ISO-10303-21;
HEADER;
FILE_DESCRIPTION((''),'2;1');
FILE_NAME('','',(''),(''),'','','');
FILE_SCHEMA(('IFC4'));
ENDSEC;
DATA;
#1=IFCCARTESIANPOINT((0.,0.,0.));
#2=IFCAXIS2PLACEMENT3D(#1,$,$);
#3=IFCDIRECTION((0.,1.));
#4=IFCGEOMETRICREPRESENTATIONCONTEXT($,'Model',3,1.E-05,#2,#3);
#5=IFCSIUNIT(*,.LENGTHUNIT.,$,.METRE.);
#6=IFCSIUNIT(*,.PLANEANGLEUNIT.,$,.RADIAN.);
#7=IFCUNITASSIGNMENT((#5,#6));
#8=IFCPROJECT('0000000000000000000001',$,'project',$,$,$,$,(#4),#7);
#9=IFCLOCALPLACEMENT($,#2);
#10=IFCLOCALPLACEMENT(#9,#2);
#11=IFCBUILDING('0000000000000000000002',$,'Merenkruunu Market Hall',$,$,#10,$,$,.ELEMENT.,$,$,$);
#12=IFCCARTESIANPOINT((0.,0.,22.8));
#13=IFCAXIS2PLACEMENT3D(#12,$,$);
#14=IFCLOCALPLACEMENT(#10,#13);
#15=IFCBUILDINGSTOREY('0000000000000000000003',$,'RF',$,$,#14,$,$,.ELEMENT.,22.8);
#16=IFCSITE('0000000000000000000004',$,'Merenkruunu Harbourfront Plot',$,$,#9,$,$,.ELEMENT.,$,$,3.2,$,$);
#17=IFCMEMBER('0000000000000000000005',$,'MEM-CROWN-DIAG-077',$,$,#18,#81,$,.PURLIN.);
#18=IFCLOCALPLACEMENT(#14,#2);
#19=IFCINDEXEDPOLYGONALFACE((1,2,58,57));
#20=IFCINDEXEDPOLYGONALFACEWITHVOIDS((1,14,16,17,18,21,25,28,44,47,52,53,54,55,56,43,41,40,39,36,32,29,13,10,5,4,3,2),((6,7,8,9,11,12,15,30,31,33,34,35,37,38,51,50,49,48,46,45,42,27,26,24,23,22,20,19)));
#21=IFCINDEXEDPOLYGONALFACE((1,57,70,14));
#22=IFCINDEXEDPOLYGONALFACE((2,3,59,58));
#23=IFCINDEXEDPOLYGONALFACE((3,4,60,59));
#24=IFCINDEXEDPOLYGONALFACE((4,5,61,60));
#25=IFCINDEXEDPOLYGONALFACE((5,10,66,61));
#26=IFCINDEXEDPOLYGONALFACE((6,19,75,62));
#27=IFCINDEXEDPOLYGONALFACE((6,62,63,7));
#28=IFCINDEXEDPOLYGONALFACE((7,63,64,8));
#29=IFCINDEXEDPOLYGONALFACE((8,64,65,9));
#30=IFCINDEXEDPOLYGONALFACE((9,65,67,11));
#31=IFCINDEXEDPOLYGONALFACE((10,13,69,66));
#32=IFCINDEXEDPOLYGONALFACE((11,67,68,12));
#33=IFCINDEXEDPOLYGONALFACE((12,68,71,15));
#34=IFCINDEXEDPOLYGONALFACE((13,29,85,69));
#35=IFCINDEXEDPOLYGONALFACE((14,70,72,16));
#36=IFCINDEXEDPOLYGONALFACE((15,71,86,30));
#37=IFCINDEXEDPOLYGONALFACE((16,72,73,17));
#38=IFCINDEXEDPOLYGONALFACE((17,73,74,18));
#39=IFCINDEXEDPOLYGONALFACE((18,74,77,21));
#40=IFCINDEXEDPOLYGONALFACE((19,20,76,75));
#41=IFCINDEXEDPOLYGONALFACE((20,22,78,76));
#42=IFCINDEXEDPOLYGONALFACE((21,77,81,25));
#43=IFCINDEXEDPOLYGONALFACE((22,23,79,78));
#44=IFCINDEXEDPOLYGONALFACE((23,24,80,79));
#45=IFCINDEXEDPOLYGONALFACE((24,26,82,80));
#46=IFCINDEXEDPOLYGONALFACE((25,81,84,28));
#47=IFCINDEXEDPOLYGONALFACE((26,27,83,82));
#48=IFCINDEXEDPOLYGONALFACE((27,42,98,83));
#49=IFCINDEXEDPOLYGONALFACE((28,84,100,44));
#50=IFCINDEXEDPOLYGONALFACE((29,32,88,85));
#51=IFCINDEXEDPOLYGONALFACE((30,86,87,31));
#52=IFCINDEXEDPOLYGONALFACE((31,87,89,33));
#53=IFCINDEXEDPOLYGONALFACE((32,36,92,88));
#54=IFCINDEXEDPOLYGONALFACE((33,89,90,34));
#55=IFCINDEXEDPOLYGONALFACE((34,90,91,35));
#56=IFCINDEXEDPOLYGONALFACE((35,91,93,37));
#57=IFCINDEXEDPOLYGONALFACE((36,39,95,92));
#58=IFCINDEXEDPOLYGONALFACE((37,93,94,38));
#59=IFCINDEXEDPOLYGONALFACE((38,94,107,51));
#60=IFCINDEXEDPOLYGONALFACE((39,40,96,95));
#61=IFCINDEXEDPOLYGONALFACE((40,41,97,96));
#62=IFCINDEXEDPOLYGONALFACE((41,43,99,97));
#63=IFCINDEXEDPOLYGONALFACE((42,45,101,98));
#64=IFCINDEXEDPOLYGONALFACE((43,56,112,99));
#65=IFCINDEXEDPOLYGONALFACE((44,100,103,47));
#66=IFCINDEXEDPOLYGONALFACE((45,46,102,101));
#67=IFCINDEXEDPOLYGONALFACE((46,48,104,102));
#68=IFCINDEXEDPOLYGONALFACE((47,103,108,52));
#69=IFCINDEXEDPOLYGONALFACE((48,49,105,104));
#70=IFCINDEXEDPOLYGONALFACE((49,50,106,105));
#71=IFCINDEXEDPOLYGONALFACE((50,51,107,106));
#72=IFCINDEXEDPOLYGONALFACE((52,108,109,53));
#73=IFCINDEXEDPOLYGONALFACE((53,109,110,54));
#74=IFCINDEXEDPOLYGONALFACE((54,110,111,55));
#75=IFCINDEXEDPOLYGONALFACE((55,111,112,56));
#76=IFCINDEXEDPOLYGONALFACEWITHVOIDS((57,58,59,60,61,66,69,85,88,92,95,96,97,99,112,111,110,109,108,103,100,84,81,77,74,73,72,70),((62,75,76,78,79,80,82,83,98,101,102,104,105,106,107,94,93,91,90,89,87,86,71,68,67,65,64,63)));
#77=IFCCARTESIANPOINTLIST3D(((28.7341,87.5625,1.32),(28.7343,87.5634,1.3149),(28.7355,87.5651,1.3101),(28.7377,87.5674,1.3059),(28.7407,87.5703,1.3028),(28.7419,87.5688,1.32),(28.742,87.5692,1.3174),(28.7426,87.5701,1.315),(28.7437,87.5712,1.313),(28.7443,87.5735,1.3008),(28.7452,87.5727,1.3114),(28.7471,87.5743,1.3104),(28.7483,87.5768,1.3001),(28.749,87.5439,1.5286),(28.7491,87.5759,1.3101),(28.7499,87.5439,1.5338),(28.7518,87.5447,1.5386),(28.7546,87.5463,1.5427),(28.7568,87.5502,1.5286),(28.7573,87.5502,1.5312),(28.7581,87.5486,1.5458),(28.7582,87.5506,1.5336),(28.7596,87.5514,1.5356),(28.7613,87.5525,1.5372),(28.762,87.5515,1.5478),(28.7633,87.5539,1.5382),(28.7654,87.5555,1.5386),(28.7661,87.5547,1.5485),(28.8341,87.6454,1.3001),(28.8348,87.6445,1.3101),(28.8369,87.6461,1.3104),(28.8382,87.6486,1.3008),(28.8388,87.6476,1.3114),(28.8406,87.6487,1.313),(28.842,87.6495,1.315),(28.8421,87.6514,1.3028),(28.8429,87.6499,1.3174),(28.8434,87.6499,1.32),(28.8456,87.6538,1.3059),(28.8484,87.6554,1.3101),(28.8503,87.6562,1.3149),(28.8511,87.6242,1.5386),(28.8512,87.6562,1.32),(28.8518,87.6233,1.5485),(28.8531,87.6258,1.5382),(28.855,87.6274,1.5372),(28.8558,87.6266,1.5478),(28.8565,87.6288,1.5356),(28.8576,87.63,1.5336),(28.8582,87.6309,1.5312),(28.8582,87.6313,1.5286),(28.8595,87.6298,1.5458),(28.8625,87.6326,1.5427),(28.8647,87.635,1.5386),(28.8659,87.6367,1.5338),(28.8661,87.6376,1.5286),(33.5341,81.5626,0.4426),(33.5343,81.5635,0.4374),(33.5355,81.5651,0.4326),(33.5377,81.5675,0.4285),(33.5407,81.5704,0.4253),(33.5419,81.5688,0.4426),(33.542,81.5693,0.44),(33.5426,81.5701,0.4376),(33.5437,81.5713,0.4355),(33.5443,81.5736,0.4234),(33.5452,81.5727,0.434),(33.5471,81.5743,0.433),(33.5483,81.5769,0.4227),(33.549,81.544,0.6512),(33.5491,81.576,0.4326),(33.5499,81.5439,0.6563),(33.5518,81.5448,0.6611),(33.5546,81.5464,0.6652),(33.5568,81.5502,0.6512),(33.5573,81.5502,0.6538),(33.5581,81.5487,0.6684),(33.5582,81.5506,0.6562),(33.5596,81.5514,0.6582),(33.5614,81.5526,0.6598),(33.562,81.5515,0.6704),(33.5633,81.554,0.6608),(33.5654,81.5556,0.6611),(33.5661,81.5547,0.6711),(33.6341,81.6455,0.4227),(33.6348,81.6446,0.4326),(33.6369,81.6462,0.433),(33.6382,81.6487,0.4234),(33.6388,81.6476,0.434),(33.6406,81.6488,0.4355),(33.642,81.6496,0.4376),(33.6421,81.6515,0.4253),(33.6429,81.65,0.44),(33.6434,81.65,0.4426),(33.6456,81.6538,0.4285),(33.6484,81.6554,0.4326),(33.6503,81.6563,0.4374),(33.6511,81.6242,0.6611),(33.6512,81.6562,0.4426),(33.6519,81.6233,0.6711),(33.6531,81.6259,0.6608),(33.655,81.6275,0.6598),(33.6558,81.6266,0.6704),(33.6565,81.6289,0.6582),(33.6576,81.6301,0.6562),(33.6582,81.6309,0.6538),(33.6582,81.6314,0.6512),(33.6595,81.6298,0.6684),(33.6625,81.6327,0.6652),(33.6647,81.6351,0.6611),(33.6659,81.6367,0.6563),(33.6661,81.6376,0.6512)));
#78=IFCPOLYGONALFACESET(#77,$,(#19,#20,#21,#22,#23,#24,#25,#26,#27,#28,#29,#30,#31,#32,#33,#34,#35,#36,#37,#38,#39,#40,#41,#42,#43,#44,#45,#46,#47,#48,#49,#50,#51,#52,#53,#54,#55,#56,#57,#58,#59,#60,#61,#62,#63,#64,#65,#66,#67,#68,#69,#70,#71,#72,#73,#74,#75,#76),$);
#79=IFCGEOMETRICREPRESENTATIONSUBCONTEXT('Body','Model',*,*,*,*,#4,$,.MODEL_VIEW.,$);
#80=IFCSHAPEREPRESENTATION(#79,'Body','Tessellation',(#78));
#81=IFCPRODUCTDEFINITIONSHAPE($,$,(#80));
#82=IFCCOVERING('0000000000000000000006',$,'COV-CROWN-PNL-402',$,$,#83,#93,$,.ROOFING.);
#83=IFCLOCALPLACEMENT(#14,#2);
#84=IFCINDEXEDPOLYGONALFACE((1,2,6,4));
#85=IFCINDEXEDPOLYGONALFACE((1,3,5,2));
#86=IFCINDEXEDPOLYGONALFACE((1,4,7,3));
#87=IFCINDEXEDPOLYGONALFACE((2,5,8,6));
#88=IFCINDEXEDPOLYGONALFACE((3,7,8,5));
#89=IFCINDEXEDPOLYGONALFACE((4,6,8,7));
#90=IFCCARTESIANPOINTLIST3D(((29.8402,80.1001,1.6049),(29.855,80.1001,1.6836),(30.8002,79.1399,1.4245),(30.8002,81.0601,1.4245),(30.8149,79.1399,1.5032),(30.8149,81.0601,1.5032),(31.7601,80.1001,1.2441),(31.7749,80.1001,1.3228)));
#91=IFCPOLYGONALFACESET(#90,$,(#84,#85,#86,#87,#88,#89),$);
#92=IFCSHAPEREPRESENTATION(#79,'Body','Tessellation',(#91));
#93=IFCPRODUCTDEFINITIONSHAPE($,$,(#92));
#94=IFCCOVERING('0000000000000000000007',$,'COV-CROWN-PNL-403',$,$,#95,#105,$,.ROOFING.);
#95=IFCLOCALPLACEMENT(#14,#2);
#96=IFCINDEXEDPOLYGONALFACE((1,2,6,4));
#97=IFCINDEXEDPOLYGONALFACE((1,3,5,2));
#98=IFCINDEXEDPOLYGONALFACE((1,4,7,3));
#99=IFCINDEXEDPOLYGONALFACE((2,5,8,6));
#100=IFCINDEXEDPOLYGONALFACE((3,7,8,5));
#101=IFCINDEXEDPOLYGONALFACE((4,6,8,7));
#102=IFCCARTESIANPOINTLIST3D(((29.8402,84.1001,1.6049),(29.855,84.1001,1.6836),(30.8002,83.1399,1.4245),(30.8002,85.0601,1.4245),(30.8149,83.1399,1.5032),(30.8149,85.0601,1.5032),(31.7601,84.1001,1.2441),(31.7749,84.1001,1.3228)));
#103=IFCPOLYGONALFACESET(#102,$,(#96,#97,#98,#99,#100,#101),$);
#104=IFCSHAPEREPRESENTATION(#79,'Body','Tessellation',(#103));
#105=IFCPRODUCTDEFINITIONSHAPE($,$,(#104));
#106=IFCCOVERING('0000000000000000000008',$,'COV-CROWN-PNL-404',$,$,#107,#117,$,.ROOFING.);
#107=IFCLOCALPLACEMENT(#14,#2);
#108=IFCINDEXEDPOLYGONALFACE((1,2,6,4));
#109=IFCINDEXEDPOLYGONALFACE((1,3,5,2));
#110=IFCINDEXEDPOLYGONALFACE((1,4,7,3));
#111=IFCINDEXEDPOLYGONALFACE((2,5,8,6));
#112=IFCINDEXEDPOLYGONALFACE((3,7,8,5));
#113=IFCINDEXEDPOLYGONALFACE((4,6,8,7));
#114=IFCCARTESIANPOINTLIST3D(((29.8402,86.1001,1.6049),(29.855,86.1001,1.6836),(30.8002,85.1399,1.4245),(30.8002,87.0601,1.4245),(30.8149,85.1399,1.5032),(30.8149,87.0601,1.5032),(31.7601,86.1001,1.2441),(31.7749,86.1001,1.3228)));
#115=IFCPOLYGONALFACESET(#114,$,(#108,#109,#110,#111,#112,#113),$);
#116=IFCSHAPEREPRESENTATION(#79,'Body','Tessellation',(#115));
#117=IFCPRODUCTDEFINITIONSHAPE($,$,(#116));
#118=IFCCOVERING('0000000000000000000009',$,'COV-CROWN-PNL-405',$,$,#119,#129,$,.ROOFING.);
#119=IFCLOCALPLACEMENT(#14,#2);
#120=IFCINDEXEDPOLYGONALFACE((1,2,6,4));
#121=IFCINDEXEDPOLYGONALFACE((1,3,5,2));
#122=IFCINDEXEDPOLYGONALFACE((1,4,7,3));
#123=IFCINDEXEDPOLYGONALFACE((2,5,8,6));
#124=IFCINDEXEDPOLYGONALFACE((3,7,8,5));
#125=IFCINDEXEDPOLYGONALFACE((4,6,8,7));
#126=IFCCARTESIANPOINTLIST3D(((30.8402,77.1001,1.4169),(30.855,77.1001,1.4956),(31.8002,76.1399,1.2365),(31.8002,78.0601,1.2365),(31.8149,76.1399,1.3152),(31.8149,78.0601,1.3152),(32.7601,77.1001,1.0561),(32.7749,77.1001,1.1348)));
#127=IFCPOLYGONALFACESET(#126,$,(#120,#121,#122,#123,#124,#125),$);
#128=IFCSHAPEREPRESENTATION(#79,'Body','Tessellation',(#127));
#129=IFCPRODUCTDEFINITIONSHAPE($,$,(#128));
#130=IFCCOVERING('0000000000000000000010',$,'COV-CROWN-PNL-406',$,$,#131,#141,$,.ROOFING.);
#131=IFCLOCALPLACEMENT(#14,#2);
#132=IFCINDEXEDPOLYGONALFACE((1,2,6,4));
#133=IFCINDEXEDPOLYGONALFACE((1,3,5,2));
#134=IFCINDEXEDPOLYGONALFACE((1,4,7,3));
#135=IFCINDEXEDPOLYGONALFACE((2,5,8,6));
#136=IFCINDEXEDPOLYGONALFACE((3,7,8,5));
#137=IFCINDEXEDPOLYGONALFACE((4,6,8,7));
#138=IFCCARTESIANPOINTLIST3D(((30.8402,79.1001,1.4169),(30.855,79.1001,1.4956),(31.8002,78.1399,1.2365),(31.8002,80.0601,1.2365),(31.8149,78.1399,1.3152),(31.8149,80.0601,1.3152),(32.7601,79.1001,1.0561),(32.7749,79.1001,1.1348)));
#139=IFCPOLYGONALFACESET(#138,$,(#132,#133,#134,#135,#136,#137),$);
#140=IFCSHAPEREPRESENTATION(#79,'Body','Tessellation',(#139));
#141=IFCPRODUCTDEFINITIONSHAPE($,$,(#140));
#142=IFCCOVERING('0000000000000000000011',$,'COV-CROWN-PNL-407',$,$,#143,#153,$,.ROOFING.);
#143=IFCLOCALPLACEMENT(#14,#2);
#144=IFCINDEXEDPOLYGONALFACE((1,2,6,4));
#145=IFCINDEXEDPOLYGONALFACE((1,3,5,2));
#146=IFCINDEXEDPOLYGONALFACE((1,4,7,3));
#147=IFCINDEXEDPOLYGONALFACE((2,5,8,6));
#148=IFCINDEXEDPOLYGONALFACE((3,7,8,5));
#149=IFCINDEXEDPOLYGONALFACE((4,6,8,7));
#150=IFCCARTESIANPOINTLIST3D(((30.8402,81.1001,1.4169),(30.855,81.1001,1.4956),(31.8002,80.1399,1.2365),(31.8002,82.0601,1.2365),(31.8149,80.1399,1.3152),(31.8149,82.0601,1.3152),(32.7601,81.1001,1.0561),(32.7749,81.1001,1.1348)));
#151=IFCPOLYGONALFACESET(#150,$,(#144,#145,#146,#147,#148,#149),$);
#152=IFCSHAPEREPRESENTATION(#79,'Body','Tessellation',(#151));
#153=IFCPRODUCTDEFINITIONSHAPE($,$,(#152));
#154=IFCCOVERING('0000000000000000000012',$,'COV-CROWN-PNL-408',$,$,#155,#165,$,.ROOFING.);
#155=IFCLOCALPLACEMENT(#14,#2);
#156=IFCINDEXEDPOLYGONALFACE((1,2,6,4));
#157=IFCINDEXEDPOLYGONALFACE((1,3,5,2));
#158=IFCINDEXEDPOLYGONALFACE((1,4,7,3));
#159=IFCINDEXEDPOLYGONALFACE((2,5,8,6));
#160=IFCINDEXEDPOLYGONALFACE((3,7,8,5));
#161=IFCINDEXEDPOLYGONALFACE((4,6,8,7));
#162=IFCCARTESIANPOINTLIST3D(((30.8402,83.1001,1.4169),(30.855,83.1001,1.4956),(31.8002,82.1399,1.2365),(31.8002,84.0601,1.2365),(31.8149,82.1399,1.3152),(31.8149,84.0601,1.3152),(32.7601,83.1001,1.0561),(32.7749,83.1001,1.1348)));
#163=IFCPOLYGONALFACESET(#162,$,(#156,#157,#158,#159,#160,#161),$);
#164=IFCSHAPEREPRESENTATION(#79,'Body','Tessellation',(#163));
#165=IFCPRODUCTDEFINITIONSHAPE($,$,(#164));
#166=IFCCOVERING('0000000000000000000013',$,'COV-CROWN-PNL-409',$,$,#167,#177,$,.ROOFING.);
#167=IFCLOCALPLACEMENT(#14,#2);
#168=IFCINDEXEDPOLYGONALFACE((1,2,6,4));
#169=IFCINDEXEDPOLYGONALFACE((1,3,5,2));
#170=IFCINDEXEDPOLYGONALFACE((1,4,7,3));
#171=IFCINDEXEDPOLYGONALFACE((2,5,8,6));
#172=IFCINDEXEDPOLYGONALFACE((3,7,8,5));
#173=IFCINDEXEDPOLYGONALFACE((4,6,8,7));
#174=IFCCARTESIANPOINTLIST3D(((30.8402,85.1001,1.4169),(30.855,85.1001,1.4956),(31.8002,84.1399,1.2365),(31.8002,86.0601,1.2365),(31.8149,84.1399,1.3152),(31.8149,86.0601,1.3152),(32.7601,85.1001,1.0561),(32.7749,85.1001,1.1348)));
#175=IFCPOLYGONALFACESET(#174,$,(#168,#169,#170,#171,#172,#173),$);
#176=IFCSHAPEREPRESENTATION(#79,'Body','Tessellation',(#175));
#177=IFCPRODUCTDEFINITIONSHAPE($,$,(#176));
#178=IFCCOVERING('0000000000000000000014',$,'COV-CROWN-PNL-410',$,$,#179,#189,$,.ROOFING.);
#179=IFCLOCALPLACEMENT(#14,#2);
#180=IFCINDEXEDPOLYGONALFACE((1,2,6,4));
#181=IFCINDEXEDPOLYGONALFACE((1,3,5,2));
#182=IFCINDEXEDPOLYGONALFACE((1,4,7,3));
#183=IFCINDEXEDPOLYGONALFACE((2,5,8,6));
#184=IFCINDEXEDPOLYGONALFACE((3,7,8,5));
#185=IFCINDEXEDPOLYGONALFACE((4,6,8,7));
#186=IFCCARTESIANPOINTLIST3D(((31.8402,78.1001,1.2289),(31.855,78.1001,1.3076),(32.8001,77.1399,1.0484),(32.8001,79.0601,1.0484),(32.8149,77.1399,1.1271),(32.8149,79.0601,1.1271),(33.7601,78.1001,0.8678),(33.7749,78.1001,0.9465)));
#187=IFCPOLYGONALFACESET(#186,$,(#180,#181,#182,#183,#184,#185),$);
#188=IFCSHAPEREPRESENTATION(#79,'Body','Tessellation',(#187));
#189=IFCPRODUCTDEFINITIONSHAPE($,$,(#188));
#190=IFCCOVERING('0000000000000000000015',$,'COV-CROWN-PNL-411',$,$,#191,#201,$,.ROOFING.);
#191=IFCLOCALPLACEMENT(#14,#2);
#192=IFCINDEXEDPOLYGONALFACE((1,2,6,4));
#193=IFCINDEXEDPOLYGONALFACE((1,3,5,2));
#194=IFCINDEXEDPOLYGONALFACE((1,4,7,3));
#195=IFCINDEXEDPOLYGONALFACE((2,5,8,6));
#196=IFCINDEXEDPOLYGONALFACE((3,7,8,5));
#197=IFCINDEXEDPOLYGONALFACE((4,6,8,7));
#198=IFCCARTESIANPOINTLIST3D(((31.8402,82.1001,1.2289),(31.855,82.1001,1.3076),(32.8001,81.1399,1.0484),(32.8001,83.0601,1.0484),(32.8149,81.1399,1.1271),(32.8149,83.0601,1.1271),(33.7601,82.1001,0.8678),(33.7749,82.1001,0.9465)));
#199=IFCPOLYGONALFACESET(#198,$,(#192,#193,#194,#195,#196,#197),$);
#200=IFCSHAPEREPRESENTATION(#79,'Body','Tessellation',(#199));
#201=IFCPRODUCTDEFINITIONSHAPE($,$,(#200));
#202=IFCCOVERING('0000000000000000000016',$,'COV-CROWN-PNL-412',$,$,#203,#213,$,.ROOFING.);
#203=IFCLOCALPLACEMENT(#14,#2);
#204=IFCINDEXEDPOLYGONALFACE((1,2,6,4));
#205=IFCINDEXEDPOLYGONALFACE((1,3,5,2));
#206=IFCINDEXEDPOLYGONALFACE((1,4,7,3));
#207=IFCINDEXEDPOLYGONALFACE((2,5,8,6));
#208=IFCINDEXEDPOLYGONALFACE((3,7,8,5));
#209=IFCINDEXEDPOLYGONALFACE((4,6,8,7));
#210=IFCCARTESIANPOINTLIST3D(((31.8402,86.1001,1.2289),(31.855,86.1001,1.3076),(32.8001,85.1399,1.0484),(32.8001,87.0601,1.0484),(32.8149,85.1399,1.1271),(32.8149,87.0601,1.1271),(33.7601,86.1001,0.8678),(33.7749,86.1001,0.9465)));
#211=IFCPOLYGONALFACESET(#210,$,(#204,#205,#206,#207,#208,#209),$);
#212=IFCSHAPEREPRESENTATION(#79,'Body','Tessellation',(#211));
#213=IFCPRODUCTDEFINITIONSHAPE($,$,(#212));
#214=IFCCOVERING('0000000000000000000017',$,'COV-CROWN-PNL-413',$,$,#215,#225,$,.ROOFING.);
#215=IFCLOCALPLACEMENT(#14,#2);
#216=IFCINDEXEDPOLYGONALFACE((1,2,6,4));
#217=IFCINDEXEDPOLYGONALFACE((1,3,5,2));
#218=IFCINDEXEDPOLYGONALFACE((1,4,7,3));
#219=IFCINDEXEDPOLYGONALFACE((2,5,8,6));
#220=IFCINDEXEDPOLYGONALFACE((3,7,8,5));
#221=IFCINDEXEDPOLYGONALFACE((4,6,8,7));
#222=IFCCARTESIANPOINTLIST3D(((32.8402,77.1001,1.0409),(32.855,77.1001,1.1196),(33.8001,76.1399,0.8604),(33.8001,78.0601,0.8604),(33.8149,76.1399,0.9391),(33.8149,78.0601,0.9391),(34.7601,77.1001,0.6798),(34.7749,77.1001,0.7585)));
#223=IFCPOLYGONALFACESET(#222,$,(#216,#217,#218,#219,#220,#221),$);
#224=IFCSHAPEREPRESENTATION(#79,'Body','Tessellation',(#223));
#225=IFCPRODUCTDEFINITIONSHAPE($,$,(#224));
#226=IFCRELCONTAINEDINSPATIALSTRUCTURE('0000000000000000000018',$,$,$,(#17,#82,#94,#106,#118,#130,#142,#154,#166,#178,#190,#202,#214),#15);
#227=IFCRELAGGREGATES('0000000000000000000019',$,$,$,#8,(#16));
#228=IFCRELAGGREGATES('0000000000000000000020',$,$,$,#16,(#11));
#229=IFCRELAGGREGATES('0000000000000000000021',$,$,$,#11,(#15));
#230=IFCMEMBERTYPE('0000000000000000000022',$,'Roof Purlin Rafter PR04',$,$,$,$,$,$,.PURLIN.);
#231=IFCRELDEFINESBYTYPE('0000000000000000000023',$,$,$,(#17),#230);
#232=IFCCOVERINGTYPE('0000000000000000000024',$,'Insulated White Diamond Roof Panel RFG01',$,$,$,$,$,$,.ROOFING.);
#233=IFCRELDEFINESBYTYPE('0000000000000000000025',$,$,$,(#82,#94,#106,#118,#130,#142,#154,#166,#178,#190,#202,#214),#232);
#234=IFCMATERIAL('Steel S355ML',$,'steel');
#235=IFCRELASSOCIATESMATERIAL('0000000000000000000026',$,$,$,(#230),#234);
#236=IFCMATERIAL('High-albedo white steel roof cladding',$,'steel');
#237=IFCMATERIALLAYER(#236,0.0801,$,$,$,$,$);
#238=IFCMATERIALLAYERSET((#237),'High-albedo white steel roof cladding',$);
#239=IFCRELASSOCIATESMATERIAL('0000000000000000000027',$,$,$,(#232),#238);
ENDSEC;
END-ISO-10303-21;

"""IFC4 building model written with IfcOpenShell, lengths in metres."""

from ifc_helpers import new_model, si_unit, direction, frame, origin, origin_2d, place, context, subcontext, project, spatial, polyline, hollow_rectangle, outline, extrude, material, layer, layer_set, material_profile, profile_set, type_object, element, save


model = new_model("IFC4")

# Units and contexts
model_context = context("Model", 3, precision=1e-05, world=origin(), true_north=direction((0.0, 1.0)))
body_context = subcontext(model_context, "Body", "Model", "MODEL_VIEW")
ifc_project = project(units=[si_unit("LENGTHUNIT", "METRE"), si_unit("PLANEANGLEUNIT", "RADIAN")], contexts=[model_context])

# Site, building, storey
site_placement = place(None, origin())
site = spatial("IfcSite", under=ifc_project, at=site_placement, Name="Merenkruunu Harbourfront Plot", CompositionType="ELEMENT", RefElevation=3.2)
building_placement = place(site_placement, origin())
building = spatial("IfcBuilding", under=site, at=building_placement, Name="Merenkruunu Market Hall", CompositionType="ELEMENT")
storey_placement = place(building_placement, frame((0.0, 0.0, 22.8)))
storey = spatial("IfcBuildingStorey", under=building, at=storey_placement, Name="RF", CompositionType="ELEMENT", Elevation=22.8)

# Member
ifc_material_1 = material(Name="Steel S355ML", Category="steel")
ifc_material_profile = material_profile(ifc_material_1, hollow_rectangle(XDim=0.1499, YDim=0.25, WallThickness=0.01, InnerFilletRadius=0.01, OuterFilletRadius=0.02, at=origin_2d()), Name="RHS 250x150x10")
ifc_profile_set = profile_set([ifc_material_profile], Name="Steel S355ML")
member_type = type_object("IfcMemberType", Name="Roof Purlin Rafter PR04", PredefinedType="PURLIN", material=ifc_profile_set)
member_placement = place(storey_placement, frame((33.6001, 81.6001, 0.5469), z_axis=(-0.620665, 0.775824, 0.113457), x_axis=(-0.780866, -0.624699, 0.0)))
element("IfcMember", 1, at=member_placement, inside=storey, type_object=member_type, Name="MEM-CROWN-DIAG-077", PredefinedType="PURLIN", context=body_context, shape_type="SweptSolid", body=[
    extrude(hollow_rectangle(XDim=0.1499, YDim=0.25, WallThickness=0.01, InnerFilletRadius=0.01, OuterFilletRadius=0.02, at=origin_2d()), origin(), (0.0, 0.0, 1.0), 7.7336),
])

# Coverings
ifc_material_2 = material(Name="High-albedo white steel roof cladding", Category="steel")
ifc_layer_1 = layer(ifc_material_2, 0.0801)
ifc_layer_set_1 = layer_set([ifc_layer_1], Name="High-albedo white steel roof cladding")
covering_type_1 = type_object("IfcCoveringType", Name="Insulated White Diamond Roof Panel RFG01", PredefinedType="ROOFING", material=ifc_layer_set_1)
for number, where, z_axis, x_axis, name in (
    (2, (29.855, 80.1001, 1.6836), (0.184711, 0.0, 0.982793), (0.700856, -0.701035, -0.131722), "COV-CROWN-PNL-402"),
    (3, (29.855, 84.1001, 1.6836), (0.184711, 0.0, 0.982793), (0.700856, -0.701035, -0.131722), "COV-CROWN-PNL-403"),
    (4, (29.855, 86.1001, 1.6836), (0.184711, 0.0, 0.982793), (0.700856, -0.701035, -0.131722), "COV-CROWN-PNL-404"),
    (5, (30.855, 77.1001, 1.4956), (0.184711, 0.0, 0.982793), (0.700856, -0.701035, -0.131722), "COV-CROWN-PNL-405"),
    (6, (30.855, 79.1001, 1.4956), (0.184711, 0.0, 0.982793), (0.700856, -0.701035, -0.131722), "COV-CROWN-PNL-406"),
    (7, (30.855, 81.1001, 1.4956), (0.184711, 0.0, 0.982793), (0.700856, -0.701035, -0.131722), "COV-CROWN-PNL-407"),
    (8, (30.855, 83.1001, 1.4956), (0.184711, 0.0, 0.982793), (0.700856, -0.701035, -0.131722), "COV-CROWN-PNL-408"),
    (9, (30.855, 85.1001, 1.4956), (0.184711, 0.0, 0.982793), (0.700856, -0.701035, -0.131722), "COV-CROWN-PNL-409"),
):
    element("IfcCovering", number, at=place(storey_placement, frame(where, z_axis=z_axis, x_axis=x_axis)), inside=storey, type_object=covering_type_1, Name=name, PredefinedType="ROOFING", context=body_context, shape_type="SweptSolid", body=[
        extrude(outline(polyline([(0.0, 0.0), (1.3697, 0.0), (1.3931, 1.3695), (0.0236, 1.3693), (0.0, 0.0)])), origin(), (0.0, 0.0, -1.0), 0.0801),
    ])
for number, where, z_axis, x_axis, name in (
    (10, (31.855, 78.1001, 1.3076), (0.184832, 0.0, 0.98277), (0.70084, -0.701035, -0.131809), "COV-CROWN-PNL-410"),
    (11, (31.855, 82.1001, 1.3076), (0.184832, 0.0, 0.98277), (0.70084, -0.701035, -0.131809), "COV-CROWN-PNL-411"),
    (12, (31.855, 86.1001, 1.3076), (0.184832, 0.0, 0.98277), (0.70084, -0.701035, -0.131809), "COV-CROWN-PNL-412"),
    (13, (32.855, 77.1001, 1.1196), (0.184832, 0.0, 0.98277), (0.70084, -0.701035, -0.131809), "COV-CROWN-PNL-413"),
):
    element("IfcCovering", number, at=place(storey_placement, frame(where, z_axis=z_axis, x_axis=x_axis)), inside=storey, type_object=covering_type_1, Name=name, PredefinedType="ROOFING", context=body_context, shape_type="SweptSolid", body=[
        extrude(outline(polyline([(0.0, 0.0), (1.3697, 0.0), (1.3932, 1.3695), (0.0236, 1.3693), (0.0, 0.0)])), origin(), (0.0, 0.0, -1.0), 0.0801),
    ])

save(model, "model.ifc")
